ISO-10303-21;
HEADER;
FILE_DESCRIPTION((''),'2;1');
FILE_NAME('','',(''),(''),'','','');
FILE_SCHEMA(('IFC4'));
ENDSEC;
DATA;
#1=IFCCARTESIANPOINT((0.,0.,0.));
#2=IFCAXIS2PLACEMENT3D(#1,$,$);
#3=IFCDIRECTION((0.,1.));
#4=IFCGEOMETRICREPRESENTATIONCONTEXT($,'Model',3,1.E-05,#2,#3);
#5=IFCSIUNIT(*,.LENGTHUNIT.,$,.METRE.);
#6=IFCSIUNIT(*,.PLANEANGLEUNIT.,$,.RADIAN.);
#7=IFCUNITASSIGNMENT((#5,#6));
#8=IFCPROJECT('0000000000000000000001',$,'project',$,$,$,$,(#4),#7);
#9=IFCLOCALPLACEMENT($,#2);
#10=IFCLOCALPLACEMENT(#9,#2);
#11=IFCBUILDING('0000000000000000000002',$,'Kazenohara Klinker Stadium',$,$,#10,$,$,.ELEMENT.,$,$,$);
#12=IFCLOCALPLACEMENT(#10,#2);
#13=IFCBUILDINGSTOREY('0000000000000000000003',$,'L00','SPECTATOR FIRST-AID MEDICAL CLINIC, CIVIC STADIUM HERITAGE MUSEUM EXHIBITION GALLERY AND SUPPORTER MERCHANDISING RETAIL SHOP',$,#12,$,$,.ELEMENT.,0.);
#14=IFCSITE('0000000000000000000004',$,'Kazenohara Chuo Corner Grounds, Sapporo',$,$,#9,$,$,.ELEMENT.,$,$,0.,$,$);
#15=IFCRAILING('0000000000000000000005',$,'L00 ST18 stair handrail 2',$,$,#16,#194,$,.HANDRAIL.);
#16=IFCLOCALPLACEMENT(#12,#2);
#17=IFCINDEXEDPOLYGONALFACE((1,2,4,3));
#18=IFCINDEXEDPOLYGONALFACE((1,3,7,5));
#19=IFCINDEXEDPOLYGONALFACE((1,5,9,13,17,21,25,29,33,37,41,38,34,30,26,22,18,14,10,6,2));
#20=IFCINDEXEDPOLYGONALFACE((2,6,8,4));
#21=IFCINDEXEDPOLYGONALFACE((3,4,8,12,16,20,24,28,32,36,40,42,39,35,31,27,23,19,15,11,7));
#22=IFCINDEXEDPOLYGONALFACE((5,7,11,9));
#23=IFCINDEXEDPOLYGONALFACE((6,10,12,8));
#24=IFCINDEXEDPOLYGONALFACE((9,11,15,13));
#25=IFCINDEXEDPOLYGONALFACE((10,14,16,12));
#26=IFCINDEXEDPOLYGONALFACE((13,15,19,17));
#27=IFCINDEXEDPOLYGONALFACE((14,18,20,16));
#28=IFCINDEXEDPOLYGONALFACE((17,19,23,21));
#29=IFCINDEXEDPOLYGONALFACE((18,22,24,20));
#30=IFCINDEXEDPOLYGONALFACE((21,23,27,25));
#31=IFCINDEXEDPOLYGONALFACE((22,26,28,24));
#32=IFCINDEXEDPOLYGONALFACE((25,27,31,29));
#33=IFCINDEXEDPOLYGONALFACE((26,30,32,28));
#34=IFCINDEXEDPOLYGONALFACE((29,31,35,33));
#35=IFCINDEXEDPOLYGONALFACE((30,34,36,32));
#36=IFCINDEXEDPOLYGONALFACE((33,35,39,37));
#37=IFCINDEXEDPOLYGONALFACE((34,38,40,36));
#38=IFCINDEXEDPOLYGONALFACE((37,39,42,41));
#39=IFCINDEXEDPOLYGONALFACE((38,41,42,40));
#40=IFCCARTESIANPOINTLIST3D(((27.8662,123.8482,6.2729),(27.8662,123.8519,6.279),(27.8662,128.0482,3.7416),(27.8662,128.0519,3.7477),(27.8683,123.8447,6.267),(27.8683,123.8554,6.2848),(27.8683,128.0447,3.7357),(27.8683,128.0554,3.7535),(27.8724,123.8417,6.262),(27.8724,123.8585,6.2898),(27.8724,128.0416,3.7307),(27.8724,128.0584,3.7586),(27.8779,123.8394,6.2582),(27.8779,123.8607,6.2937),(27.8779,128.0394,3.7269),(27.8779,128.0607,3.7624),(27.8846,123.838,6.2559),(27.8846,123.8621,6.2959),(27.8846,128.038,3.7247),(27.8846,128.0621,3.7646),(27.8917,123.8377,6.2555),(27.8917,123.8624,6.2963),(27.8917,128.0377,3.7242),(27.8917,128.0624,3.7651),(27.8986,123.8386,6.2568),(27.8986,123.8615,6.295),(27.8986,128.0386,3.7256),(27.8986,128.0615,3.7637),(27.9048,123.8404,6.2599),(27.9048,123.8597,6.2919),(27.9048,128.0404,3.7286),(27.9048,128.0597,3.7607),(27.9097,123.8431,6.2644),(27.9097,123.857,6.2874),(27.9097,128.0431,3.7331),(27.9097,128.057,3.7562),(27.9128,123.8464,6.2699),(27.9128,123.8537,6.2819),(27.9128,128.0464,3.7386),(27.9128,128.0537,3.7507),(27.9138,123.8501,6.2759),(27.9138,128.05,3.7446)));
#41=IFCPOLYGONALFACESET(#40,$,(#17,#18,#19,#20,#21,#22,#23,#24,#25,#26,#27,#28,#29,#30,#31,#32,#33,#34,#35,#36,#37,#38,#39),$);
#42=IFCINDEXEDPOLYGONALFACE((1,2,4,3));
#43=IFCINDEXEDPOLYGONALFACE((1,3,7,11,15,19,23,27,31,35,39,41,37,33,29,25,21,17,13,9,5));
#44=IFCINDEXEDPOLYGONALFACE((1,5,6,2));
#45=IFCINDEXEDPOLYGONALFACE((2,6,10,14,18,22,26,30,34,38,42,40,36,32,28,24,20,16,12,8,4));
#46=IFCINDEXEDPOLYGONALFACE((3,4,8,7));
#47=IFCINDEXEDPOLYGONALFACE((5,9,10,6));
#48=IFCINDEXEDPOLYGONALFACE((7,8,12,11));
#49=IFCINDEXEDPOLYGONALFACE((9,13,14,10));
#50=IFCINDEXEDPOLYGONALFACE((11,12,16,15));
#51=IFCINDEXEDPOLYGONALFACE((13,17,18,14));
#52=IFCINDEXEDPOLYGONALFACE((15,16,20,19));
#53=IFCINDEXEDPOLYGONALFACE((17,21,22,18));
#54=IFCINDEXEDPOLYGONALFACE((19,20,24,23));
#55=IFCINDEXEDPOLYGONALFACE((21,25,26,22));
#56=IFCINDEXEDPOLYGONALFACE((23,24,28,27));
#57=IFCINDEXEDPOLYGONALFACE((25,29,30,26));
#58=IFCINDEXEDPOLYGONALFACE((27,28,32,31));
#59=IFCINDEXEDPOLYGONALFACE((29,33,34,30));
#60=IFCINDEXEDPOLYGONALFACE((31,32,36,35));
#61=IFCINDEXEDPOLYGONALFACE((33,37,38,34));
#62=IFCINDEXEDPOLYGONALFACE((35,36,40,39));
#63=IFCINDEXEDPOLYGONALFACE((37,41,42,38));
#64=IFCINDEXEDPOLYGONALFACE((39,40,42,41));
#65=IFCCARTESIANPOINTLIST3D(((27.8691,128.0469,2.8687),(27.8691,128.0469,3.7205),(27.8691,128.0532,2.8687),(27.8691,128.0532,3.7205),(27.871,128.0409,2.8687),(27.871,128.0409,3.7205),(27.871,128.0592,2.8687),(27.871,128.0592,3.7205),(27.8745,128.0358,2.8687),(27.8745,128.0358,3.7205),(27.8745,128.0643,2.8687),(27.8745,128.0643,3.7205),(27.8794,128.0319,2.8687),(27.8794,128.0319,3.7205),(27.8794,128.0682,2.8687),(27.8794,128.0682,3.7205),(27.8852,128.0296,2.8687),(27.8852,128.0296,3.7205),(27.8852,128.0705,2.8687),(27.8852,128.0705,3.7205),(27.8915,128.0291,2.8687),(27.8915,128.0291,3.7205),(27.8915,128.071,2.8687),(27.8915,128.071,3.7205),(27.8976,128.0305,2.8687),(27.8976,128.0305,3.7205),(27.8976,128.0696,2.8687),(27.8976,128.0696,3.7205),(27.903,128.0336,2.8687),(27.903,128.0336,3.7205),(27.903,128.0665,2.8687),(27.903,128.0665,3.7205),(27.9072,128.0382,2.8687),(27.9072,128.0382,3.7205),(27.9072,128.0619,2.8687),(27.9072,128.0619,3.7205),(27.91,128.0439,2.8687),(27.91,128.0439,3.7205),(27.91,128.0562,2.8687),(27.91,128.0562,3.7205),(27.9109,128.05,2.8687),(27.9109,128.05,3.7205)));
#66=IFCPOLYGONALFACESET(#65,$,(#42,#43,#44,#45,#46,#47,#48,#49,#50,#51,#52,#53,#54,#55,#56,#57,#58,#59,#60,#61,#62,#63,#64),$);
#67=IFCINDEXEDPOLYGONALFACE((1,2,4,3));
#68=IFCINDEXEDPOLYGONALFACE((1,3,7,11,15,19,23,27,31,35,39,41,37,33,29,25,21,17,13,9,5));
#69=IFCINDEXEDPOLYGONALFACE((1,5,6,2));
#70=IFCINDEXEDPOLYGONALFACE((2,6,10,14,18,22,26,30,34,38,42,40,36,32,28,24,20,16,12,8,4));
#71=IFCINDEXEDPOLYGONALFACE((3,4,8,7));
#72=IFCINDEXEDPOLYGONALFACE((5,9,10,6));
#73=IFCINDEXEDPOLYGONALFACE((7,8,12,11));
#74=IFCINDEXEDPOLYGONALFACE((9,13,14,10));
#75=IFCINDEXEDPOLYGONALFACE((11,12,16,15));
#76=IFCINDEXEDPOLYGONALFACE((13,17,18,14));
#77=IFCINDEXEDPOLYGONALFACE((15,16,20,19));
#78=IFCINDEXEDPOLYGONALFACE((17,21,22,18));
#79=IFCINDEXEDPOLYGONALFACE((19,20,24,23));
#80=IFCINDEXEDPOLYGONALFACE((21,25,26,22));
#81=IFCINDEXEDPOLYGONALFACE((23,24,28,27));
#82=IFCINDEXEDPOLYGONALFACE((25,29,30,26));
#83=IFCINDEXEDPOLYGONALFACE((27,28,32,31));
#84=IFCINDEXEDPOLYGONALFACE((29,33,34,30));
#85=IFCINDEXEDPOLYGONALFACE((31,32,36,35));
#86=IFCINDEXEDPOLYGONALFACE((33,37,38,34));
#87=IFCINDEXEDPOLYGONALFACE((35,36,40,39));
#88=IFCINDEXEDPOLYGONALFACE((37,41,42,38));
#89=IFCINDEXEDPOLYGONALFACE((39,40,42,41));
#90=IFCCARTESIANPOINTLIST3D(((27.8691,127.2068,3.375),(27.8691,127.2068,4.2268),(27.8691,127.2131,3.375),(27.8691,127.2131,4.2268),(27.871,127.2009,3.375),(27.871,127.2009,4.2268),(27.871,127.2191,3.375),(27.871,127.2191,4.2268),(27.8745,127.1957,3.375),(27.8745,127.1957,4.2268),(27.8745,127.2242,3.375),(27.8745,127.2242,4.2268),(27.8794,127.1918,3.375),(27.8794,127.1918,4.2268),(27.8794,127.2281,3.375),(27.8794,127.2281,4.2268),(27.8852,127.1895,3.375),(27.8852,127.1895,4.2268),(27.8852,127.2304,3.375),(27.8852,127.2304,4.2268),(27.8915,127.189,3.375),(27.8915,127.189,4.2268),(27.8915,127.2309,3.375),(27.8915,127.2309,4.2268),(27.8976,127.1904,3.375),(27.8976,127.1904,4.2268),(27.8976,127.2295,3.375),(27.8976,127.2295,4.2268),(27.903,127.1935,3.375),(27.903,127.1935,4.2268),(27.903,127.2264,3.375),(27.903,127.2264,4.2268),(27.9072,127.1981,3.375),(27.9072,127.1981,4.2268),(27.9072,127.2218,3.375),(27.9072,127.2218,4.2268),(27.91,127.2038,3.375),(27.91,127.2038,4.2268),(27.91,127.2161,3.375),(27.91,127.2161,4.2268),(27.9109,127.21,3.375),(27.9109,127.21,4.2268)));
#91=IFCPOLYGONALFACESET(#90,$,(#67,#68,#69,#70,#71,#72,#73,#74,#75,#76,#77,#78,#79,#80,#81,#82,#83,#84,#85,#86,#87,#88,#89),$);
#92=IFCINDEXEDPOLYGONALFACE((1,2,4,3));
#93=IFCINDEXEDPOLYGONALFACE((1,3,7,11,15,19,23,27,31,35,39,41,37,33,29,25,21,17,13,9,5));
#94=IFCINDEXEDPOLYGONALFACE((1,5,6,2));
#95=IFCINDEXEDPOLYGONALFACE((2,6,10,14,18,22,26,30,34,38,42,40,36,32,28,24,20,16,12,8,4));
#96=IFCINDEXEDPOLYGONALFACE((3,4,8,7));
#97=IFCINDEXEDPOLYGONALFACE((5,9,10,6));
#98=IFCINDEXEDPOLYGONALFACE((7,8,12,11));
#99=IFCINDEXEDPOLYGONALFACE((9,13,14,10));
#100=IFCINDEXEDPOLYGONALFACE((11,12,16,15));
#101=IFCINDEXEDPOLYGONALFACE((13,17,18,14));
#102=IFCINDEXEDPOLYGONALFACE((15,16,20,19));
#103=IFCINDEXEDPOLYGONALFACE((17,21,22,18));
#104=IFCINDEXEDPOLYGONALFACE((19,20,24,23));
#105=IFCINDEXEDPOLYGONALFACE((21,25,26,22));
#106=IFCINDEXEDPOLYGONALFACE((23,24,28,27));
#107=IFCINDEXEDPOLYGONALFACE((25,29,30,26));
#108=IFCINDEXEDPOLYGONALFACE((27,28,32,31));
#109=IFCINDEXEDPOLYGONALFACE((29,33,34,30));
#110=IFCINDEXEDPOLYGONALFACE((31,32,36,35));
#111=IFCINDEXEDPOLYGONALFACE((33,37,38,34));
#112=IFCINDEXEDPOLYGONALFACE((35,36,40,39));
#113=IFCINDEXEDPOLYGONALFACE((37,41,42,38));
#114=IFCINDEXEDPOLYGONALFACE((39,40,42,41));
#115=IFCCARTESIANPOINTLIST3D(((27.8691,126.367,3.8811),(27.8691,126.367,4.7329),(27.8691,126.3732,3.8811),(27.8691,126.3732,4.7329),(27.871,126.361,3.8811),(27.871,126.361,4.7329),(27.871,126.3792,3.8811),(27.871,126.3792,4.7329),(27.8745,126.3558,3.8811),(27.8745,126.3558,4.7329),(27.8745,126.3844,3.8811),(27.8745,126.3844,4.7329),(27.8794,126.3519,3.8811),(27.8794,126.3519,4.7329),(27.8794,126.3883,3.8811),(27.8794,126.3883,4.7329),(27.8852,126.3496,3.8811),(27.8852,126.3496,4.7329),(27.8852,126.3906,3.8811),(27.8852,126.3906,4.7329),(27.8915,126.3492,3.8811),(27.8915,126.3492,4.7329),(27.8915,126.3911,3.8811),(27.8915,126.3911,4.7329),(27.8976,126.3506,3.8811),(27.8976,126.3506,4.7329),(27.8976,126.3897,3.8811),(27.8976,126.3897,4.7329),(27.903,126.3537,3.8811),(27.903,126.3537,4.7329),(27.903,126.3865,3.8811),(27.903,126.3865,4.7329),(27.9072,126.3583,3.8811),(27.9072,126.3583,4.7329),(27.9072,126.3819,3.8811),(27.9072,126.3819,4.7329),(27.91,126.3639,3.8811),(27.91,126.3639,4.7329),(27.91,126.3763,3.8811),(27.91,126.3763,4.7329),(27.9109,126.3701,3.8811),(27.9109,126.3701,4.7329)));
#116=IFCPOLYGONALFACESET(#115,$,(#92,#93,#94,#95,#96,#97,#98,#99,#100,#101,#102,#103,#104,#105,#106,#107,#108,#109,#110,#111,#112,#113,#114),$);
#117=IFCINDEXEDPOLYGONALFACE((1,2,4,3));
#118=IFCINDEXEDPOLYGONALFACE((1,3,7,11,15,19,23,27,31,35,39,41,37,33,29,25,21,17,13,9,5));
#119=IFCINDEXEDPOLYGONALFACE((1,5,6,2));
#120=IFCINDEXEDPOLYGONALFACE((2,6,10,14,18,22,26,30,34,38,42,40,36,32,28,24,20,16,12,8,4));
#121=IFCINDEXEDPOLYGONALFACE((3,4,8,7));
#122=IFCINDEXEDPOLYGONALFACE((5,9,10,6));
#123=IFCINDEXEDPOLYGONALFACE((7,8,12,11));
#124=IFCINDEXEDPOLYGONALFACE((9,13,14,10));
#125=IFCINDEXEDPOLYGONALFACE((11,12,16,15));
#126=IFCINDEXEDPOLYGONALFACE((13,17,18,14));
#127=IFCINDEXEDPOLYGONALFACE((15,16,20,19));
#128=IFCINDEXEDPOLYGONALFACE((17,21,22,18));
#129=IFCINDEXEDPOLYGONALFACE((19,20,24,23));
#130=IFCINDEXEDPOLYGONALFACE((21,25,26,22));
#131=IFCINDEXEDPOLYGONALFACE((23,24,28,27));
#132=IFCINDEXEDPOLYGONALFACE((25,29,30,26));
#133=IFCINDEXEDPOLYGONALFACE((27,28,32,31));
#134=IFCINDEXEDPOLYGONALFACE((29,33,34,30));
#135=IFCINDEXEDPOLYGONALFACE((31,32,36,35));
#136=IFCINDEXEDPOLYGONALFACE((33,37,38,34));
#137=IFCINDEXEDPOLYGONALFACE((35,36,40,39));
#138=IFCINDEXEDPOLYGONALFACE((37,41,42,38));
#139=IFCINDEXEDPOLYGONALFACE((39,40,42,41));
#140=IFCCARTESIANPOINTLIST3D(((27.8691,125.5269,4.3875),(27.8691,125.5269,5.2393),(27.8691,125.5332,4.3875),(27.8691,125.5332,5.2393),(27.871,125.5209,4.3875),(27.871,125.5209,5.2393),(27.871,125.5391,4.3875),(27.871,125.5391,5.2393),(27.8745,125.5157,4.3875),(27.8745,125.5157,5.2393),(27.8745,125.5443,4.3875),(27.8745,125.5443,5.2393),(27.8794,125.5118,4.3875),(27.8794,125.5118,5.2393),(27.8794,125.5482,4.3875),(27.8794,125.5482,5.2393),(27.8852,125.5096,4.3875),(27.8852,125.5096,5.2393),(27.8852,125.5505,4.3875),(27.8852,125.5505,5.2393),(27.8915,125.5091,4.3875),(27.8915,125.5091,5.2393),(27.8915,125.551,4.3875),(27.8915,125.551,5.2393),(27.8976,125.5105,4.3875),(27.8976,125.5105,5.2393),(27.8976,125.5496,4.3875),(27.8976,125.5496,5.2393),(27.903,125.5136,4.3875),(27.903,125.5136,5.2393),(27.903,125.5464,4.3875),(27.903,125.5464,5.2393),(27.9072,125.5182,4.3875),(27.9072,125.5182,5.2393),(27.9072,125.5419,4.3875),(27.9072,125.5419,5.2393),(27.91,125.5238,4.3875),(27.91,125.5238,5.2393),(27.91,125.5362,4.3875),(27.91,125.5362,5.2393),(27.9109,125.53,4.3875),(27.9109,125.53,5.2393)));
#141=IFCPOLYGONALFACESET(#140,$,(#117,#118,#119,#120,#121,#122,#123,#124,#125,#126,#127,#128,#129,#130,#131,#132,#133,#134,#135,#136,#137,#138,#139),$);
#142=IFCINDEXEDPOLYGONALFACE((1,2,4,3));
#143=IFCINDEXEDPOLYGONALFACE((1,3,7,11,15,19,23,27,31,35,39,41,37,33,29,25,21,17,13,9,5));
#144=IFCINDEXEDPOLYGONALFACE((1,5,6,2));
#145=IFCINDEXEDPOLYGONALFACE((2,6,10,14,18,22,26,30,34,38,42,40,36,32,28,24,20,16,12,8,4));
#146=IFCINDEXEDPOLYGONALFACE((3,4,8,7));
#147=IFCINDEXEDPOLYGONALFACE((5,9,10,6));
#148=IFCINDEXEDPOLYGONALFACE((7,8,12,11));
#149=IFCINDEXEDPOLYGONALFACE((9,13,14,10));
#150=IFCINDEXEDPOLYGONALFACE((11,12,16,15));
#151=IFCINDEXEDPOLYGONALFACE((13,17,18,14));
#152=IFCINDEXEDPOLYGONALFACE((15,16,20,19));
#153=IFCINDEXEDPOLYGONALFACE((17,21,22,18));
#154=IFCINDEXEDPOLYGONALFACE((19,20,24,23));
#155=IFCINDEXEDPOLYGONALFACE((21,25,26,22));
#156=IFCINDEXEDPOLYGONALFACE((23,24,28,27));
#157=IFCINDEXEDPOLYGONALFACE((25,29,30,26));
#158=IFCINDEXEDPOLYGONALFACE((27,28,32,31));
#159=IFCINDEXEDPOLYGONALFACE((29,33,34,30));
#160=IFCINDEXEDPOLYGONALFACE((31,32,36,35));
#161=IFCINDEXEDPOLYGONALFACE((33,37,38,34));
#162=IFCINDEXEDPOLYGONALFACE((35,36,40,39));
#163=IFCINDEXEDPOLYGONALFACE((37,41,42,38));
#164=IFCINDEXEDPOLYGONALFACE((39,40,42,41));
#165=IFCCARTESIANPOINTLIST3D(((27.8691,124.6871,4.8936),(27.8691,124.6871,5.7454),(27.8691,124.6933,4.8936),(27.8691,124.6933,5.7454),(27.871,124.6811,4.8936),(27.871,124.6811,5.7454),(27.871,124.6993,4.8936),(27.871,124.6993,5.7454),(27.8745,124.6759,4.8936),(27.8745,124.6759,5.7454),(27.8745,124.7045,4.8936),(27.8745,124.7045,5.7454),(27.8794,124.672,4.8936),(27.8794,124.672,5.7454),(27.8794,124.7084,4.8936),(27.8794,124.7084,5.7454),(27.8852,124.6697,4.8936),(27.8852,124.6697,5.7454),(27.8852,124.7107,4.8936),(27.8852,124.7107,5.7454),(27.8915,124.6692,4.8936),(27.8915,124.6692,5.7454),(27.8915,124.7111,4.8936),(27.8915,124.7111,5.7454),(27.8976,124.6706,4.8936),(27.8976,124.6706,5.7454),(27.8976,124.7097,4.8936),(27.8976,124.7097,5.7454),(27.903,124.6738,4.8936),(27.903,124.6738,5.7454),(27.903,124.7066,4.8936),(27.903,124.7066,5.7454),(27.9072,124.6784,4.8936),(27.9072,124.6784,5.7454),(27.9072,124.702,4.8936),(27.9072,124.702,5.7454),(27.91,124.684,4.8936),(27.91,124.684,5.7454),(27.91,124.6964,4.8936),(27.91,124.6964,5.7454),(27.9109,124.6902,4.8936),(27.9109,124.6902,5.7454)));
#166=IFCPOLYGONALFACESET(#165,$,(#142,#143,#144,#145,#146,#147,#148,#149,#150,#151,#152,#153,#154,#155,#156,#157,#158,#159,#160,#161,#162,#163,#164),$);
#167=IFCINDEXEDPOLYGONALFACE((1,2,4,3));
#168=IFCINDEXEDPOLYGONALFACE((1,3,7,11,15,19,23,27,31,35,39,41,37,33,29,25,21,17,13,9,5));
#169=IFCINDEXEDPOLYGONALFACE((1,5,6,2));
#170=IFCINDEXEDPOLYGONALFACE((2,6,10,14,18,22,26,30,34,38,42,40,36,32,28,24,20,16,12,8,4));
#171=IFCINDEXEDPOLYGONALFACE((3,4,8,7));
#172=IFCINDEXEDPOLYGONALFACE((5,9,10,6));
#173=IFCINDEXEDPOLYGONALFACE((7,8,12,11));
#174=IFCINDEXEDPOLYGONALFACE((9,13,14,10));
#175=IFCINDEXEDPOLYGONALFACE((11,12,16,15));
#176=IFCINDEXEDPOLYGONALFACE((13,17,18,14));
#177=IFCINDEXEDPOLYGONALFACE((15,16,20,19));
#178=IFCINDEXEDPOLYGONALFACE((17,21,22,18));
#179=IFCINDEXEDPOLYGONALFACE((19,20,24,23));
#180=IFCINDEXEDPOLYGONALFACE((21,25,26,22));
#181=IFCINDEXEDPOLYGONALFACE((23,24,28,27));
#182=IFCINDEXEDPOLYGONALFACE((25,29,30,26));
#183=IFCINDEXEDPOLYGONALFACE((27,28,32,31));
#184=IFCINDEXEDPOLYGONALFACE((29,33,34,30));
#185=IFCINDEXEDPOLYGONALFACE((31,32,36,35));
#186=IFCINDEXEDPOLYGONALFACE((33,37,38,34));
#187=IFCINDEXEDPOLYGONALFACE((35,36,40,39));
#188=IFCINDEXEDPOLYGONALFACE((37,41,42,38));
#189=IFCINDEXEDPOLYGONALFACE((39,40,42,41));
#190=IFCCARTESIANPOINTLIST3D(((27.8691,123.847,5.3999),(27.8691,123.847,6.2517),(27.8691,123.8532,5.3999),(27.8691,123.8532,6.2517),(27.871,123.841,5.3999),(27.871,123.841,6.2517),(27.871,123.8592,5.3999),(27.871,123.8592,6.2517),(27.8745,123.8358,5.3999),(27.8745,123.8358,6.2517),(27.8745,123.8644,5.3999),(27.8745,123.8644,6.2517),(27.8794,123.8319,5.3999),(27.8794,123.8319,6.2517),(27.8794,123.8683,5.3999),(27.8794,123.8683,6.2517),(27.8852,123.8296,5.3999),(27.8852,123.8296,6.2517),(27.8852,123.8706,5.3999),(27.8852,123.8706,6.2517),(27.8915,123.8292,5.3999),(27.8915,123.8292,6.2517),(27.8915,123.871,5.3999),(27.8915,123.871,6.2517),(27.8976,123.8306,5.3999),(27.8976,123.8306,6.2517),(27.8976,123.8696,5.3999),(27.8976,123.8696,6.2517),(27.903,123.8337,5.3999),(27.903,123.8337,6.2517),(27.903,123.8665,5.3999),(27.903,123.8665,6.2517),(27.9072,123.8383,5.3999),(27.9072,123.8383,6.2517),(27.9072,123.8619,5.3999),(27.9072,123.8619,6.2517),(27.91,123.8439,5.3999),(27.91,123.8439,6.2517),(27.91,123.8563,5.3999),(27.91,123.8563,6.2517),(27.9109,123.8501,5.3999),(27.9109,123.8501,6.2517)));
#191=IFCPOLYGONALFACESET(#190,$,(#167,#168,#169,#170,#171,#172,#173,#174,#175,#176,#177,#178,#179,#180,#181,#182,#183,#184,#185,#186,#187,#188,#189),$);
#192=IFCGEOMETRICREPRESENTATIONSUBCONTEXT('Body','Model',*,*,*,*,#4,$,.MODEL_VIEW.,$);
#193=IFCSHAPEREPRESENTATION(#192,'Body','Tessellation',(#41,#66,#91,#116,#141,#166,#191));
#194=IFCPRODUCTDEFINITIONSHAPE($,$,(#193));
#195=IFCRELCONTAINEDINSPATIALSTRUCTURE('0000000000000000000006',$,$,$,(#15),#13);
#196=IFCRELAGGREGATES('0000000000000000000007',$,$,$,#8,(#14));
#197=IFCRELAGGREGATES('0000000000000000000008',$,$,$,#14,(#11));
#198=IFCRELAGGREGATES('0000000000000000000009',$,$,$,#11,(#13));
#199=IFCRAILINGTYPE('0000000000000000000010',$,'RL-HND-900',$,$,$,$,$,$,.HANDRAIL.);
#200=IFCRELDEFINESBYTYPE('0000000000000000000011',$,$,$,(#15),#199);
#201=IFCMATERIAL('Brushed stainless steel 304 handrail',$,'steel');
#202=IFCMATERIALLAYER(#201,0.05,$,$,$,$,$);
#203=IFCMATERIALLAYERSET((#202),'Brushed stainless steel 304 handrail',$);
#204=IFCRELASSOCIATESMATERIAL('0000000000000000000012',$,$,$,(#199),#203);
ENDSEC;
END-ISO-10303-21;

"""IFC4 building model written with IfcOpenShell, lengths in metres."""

from ifc_helpers import new_model, si_unit, direction, frame, origin, origin_2d, place, context, subcontext, project, spatial, circle, extrude, material, layer, layer_set, type_object, element, save


model = new_model("IFC4")

# Units and contexts
model_context = context("Model", 3, precision=1e-05, world=origin(), true_north=direction((0.0, 1.0)))
body_context = subcontext(model_context, "Body", "Model", "MODEL_VIEW")
ifc_project = project(units=[si_unit("LENGTHUNIT", "METRE"), si_unit("PLANEANGLEUNIT", "RADIAN")], contexts=[model_context])

# Site, building, storey
site_placement = place(None, origin())
site = spatial("IfcSite", under=ifc_project, at=site_placement, Name="Kazenohara Chuo Corner Grounds, Sapporo", CompositionType="ELEMENT", RefElevation=0.0)
building_placement = place(site_placement, origin())
building = spatial("IfcBuilding", under=site, at=building_placement, Name="Kazenohara Klinker Stadium", CompositionType="ELEMENT")
storey_placement = place(building_placement, origin())
storey = spatial("IfcBuildingStorey", under=building, at=storey_placement, Name="L00", Description="SPECTATOR FIRST-AID MEDICAL CLINIC, CIVIC STADIUM HERITAGE MUSEUM EXHIBITION GALLERY AND SUPPORTER MERCHANDISING RETAIL SHOP", CompositionType="ELEMENT", Elevation=0.0)

# Railing
ifc_material_1 = material(Name="Brushed stainless steel 304 handrail", Category="steel")
ifc_layer_1 = layer(ifc_material_1, 0.05)
ifc_layer_set_1 = layer_set([ifc_layer_1], Name="Brushed stainless steel 304 handrail")
railing_type_1 = type_object("IfcRailingType", Name="RL-HND-900", PredefinedType="HANDRAIL", material=ifc_layer_set_1)
railing_1_placement = place(storey_placement, frame((27.8899, 128.05, 2.8687)))
element("IfcRailing", 1, at=railing_1_placement, inside=storey, type_object=railing_type_1, Name="L00 ST18 stair handrail 2", PredefinedType="HANDRAIL", context=body_context, shape_type="SweptSolid", body=[
    extrude(circle(Radius=0.0239, at=origin_2d()), frame((0.0, 0.0, 0.876), z_axis=(0.0, -0.856476, 0.516186), x_axis=(1.0, 0.0, 0.0)), (0.0, 0.0, 1.0), 4.9038),
    extrude(circle(Radius=0.021, at=origin_2d()), origin(), (0.0, 0.0, 1.0), 0.8518),
    extrude(circle(Radius=0.021, at=origin_2d()), frame((0.0, -0.8401, 0.5063)), (0.0, 0.0, 1.0), 0.8518),
    extrude(circle(Radius=0.021, at=origin_2d()), frame((0.0, -1.6799, 1.0125)), (0.0, 0.0, 1.0), 0.8518),
    extrude(circle(Radius=0.021, at=origin_2d()), frame((0.0, -2.52, 1.5188)), (0.0, 0.0, 1.0), 0.8518),
    extrude(circle(Radius=0.021, at=origin_2d()), frame((0.0, -3.3599, 2.0249)), (0.0, 0.0, 1.0), 0.8518),
    extrude(circle(Radius=0.021, at=origin_2d()), frame((0.0, -4.2, 2.5312)), (0.0, 0.0, 1.0), 0.8518),
])

save(model, "model.ifc")
